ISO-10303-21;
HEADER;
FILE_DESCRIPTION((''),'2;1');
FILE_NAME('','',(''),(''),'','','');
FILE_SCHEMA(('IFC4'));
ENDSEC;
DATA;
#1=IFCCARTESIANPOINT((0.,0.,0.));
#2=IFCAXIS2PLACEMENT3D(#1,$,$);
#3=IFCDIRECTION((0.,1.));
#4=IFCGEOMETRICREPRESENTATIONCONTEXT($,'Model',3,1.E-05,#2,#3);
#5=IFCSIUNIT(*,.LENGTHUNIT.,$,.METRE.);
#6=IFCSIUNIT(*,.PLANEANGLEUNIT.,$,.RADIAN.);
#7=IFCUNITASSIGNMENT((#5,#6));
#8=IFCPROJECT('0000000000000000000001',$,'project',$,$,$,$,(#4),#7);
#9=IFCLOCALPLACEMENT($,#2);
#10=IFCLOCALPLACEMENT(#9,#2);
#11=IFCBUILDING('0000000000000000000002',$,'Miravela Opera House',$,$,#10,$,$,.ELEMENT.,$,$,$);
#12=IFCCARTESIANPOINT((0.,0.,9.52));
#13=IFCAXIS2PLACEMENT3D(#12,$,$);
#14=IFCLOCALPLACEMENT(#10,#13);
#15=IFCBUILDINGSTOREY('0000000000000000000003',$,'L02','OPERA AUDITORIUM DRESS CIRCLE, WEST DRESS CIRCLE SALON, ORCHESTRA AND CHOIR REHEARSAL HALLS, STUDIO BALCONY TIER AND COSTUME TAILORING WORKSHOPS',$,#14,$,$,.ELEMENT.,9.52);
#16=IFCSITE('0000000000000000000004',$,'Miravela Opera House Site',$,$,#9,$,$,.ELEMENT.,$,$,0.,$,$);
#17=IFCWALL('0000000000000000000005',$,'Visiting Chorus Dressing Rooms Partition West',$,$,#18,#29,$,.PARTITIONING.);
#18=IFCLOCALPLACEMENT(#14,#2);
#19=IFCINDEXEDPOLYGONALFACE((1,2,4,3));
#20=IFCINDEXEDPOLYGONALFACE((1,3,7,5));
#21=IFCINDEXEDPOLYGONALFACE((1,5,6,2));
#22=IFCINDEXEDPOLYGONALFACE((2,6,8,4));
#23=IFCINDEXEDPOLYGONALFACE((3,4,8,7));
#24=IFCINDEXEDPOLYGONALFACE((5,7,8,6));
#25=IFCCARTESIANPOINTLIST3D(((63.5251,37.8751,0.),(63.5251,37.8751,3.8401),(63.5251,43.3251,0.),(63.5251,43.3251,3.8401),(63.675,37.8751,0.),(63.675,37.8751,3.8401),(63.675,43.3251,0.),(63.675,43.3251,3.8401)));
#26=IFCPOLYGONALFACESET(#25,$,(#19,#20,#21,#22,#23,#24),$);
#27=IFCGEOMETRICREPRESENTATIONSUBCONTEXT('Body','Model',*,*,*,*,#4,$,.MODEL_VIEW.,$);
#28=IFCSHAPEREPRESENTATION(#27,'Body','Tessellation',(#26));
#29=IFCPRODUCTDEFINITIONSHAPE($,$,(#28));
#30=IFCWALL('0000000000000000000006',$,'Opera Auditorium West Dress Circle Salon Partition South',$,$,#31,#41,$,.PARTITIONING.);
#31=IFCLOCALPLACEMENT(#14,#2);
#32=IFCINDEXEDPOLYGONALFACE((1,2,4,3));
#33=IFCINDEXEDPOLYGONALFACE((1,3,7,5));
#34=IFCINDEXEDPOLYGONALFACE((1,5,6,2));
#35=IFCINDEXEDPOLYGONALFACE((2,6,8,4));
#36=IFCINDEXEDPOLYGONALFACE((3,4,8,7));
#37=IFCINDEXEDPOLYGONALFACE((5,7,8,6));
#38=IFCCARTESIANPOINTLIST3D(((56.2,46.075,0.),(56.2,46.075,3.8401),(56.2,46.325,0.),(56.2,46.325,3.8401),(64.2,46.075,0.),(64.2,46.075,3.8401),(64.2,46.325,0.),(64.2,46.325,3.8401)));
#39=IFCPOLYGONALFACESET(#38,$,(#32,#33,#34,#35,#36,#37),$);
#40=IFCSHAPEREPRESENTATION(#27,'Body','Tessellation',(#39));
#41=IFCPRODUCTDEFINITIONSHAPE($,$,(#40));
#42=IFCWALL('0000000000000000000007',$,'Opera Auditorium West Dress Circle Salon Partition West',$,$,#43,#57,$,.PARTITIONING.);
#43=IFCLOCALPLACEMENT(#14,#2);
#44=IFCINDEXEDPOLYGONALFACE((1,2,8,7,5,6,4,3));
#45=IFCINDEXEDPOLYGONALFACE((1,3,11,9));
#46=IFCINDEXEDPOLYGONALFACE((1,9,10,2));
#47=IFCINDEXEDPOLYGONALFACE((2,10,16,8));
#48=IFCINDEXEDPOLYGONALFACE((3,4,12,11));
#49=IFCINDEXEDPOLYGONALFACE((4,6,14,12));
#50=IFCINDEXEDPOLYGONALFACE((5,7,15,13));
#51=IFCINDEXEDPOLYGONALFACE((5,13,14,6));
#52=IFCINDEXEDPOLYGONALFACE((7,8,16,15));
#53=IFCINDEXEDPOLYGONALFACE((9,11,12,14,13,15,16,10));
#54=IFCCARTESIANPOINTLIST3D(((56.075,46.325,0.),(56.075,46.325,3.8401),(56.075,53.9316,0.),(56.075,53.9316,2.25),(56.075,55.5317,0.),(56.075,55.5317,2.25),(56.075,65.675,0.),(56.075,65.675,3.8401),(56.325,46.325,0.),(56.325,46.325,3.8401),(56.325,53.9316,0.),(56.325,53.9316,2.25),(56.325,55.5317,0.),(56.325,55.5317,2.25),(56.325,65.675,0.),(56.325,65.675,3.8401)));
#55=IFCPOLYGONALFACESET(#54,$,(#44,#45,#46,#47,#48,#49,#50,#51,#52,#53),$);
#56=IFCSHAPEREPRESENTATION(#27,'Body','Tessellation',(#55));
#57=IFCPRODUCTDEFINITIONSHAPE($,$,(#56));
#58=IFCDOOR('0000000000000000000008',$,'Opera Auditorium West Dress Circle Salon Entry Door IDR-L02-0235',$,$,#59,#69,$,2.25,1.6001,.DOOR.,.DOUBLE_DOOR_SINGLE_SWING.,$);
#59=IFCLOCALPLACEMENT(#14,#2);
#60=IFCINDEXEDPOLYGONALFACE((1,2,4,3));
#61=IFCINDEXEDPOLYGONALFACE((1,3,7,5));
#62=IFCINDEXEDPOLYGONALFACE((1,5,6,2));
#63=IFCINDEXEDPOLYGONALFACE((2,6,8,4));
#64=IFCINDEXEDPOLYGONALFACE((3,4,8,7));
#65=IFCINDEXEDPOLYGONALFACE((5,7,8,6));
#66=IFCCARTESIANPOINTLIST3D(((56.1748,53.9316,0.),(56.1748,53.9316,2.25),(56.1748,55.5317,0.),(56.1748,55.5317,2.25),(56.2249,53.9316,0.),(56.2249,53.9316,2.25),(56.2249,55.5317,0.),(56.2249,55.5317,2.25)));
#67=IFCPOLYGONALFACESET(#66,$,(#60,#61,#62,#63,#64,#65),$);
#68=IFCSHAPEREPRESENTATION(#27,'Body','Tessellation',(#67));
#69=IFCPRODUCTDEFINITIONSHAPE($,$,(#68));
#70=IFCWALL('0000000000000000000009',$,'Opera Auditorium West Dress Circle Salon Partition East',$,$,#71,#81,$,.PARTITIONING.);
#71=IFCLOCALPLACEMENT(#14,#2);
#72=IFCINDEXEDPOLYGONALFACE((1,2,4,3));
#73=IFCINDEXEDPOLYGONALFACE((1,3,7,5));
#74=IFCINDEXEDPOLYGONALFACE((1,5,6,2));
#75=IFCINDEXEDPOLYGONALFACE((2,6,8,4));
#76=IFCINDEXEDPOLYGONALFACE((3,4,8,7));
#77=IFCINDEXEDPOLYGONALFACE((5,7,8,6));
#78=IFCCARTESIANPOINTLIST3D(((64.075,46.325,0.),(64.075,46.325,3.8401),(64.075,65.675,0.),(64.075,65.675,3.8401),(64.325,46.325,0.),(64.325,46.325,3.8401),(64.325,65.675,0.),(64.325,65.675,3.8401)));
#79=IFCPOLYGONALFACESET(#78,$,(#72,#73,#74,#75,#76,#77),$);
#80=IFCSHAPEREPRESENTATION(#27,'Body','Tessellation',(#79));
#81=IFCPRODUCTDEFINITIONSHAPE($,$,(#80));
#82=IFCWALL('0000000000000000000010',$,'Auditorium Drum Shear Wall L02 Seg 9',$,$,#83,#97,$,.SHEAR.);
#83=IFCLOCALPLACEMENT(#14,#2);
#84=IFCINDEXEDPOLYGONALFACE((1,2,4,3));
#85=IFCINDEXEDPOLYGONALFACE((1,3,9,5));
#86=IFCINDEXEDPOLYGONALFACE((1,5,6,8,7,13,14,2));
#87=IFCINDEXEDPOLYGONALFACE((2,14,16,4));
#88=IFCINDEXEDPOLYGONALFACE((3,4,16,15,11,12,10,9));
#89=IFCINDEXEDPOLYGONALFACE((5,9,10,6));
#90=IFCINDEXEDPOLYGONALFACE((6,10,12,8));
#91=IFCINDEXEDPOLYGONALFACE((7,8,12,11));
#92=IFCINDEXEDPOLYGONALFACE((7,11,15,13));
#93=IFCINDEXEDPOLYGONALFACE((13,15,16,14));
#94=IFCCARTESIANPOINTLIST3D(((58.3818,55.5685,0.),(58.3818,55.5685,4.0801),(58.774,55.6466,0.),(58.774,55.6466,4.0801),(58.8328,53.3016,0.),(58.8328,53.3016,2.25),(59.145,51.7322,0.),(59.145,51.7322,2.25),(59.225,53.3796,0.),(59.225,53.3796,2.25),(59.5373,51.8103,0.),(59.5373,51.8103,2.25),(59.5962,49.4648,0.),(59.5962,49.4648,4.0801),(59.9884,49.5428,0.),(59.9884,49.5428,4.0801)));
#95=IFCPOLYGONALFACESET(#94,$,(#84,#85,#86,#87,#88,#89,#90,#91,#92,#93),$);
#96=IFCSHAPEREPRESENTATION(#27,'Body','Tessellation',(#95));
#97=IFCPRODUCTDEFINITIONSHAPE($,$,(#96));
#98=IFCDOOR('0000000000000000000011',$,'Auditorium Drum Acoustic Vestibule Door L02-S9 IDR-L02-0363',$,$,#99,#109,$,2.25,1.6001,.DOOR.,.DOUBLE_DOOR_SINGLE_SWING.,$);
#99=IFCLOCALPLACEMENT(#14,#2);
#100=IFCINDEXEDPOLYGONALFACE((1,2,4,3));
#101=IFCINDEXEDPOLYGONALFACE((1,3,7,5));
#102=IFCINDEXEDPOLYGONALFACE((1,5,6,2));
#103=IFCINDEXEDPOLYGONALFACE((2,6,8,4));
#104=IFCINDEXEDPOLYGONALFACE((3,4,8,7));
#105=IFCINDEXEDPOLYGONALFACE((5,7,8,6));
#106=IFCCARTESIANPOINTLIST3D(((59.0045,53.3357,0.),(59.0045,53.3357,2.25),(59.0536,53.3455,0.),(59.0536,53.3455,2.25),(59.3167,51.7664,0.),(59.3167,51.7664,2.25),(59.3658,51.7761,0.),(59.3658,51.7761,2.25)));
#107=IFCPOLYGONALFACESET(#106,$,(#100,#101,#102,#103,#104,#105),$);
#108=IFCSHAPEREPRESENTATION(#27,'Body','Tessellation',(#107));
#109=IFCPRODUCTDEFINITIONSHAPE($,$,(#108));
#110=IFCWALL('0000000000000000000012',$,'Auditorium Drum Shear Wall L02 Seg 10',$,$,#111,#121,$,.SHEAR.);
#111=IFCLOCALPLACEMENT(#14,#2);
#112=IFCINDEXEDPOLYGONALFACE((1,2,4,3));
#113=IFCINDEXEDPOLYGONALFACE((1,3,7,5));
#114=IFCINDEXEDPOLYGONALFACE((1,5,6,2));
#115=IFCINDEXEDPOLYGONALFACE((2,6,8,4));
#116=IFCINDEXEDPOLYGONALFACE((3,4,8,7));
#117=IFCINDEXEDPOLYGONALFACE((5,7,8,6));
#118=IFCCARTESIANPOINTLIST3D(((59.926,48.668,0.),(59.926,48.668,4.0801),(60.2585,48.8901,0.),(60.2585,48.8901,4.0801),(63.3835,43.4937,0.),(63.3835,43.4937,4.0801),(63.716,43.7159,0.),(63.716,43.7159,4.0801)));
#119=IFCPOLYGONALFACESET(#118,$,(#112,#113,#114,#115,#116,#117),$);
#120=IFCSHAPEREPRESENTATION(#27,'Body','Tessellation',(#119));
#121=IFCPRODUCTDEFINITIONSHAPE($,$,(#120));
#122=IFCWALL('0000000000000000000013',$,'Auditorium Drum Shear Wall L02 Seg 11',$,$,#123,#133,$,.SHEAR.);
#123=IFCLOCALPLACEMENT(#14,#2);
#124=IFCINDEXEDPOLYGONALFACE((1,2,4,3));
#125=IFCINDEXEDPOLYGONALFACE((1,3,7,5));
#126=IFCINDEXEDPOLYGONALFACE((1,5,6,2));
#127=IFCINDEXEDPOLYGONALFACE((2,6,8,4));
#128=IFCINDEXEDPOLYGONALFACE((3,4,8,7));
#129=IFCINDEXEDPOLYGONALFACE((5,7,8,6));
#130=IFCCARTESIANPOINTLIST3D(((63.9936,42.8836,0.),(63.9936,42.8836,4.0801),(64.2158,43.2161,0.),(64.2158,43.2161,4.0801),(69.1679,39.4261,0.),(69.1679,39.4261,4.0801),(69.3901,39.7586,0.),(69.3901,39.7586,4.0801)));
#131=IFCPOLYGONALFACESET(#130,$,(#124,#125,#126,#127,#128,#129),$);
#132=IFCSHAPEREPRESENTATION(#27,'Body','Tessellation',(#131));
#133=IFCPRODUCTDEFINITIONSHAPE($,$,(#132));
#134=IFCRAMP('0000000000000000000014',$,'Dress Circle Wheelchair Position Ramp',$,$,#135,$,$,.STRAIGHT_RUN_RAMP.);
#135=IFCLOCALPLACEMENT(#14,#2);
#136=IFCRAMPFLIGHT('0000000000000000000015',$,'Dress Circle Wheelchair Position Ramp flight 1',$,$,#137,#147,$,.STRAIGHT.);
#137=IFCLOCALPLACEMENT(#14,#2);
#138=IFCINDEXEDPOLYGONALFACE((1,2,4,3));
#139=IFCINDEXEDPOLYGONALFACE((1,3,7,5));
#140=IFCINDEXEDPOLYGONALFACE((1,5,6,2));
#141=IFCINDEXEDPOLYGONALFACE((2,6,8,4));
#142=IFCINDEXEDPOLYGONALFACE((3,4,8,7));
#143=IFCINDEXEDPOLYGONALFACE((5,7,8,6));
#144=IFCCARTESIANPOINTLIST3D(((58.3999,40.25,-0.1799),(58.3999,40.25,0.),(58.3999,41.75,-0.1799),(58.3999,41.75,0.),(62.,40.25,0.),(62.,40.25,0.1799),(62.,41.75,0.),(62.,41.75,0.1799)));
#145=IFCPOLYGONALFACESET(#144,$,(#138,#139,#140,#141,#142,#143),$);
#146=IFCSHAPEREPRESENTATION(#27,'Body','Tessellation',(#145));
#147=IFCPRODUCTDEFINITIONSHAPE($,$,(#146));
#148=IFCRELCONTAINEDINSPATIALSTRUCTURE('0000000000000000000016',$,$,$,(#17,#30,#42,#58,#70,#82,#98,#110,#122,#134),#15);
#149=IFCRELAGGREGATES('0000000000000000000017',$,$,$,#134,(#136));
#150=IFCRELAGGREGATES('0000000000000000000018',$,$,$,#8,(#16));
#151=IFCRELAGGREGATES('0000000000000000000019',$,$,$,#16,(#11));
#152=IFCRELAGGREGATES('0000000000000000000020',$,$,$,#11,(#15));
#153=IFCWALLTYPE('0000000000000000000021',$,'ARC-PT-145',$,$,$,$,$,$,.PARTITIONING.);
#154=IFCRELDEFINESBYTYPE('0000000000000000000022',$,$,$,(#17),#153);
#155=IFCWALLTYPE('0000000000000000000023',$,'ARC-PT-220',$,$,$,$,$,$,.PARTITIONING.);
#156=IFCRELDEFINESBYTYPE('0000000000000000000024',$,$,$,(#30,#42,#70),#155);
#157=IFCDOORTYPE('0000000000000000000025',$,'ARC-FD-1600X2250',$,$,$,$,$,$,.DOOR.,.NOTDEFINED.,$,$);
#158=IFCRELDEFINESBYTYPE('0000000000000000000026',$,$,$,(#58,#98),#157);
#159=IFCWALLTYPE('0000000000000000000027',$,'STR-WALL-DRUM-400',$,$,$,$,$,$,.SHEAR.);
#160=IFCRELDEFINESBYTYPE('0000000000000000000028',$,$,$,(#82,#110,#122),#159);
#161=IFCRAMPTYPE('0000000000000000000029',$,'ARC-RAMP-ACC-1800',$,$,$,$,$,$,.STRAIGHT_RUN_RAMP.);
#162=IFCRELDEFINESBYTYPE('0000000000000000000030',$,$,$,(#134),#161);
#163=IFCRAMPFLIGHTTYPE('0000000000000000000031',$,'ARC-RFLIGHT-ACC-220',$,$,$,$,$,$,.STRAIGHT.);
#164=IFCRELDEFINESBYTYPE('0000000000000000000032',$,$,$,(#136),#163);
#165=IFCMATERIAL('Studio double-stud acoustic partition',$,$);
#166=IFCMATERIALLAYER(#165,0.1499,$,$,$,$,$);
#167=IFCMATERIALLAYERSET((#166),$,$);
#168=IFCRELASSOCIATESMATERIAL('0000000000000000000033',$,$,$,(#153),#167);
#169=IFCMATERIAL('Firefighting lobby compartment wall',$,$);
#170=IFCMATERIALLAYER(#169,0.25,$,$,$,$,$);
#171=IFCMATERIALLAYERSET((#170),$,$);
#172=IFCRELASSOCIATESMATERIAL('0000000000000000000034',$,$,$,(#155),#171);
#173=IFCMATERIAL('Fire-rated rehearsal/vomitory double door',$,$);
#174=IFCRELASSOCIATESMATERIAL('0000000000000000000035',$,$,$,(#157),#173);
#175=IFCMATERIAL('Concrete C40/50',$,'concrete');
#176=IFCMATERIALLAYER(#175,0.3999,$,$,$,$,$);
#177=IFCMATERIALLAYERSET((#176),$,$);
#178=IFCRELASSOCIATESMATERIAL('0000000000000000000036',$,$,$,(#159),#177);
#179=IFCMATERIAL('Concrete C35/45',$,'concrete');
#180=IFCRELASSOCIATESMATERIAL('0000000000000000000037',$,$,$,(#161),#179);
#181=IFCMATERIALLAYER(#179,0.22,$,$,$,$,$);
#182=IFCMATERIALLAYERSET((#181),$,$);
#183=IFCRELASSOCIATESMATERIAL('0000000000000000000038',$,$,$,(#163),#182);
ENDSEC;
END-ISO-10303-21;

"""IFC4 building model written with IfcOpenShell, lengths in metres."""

from ifc_helpers import new_model, si_unit, direction, frame, frame_2d, origin, place, context, subcontext, project, spatial, polyline, rectangle, outline, extrude, material, layer, layer_set, type_object, element, fill, aggregate, save


model = new_model("IFC4")

# Units and contexts
model_context = context("Model", 3, precision=1e-05, world=origin(), true_north=direction((0.0, 1.0)))
body_context = subcontext(model_context, "Body", "Model", "MODEL_VIEW")
ifc_project = project(units=[si_unit("LENGTHUNIT", "METRE"), si_unit("PLANEANGLEUNIT", "RADIAN")], contexts=[model_context])

# Site, building, storey
site_placement = place(None, origin())
site = spatial("IfcSite", under=ifc_project, at=site_placement, Name="Miravela Opera House Site", CompositionType="ELEMENT", RefElevation=0.0)
building_placement = place(site_placement, origin())
building = spatial("IfcBuilding", under=site, at=building_placement, Name="Miravela Opera House", CompositionType="ELEMENT")
storey_placement = place(building_placement, frame((0.0, 0.0, 9.52)))
storey = spatial("IfcBuildingStorey", under=building, at=storey_placement, Name="L02", Description="OPERA AUDITORIUM DRESS CIRCLE, WEST DRESS CIRCLE SALON, ORCHESTRA AND CHOIR REHEARSAL HALLS, STUDIO BALCONY TIER AND COSTUME TAILORING WORKSHOPS", CompositionType="ELEMENT", Elevation=9.52)

# Shared definitions
ifc_material_1 = material(Name="Concrete C35/45", Category="concrete")
ifc_material_2 = material(Name="Concrete C40/50", Category="concrete")

# Shared definitions
ifc_material_3 = material(Name="Studio double-stud acoustic partition")
ifc_layer_1 = layer(ifc_material_3, 0.1499)
ifc_layer_set_1 = layer_set([ifc_layer_1])
wall_type_1 = type_object("IfcWallType", Name="ARC-PT-145", PredefinedType="PARTITIONING", material=ifc_layer_set_1)

# Walls
wall_1_placement = place(storey_placement, frame((63.6001, 37.875, 0.0), z_axis=(0.0, 0.0, 1.0), x_axis=(0.0, 1.0, 0.0)))
element("IfcWall", 1, at=wall_1_placement, inside=storey, type_object=wall_type_1, Name="Visiting Chorus Dressing Rooms Partition West", PredefinedType="PARTITIONING", context=body_context, shape_type="SweptSolid", body=[
    extrude(rectangle(XDim=5.45, YDim=0.1499, at=frame_2d((2.7251, 0.0))), origin(), (0.0, 0.0, 1.0), 3.8401),
])
ifc_material_4 = material(Name="Firefighting lobby compartment wall")
ifc_layer_2 = layer(ifc_material_4, 0.25)
ifc_layer_set_2 = layer_set([ifc_layer_2])
wall_type_2 = type_object("IfcWallType", Name="ARC-PT-220", PredefinedType="PARTITIONING", material=ifc_layer_set_2)
wall_2_placement = place(storey_placement, frame((56.2, 46.2, 0.0), z_axis=(0.0, 0.0, 1.0), x_axis=(1.0, 0.0, 0.0)))
element("IfcWall", 2, at=wall_2_placement, inside=storey, type_object=wall_type_2, Name="Opera Auditorium West Dress Circle Salon Partition South", PredefinedType="PARTITIONING", context=body_context, shape_type="SweptSolid", body=[
    extrude(rectangle(XDim=8.0, YDim=0.25, at=frame_2d((4.0, 0.0))), origin(), (0.0, 0.0, 1.0), 3.8401),
])

# Wall, opening, door
wall_3_placement = place(storey_placement, frame((56.2, 46.325, 0.0), z_axis=(0.0, 0.0, 1.0), x_axis=(0.0, 1.0, 0.0)))
wall_3 = element("IfcWall", 3, at=wall_3_placement, inside=storey, type_object=wall_type_2, Name="Opera Auditorium West Dress Circle Salon Partition West", PredefinedType="PARTITIONING", context=body_context, shape_type="SweptSolid", body=[
    extrude(rectangle(XDim=19.3501, YDim=0.25, at=frame_2d((9.675, 0.0))), origin(), (0.0, 0.0, 1.0), 3.8401),
])
opening_1_placement = place(wall_3_placement, frame((7.6067, 0.0, 0.0)))
opening_1 = element("IfcOpeningElement", 4, at=opening_1_placement, cuts=wall_3, PredefinedType="OPENING", context=body_context, shape_type="SweptSolid", body=[
    extrude(rectangle(XDim=1.6001, YDim=2.25, at=frame_2d((0.8, 1.125))), frame((0.0, 0.135, 0.0), z_axis=(0.0, -1.0, 0.0), x_axis=(1.0, 0.0, 0.0)), (0.0, 0.0, 1.0), 0.27),
])
ifc_material_5 = material(Name="Fire-rated rehearsal/vomitory double door")
door_type_1 = type_object("IfcDoorType", Name="ARC-FD-1600X2250", OperationType="NOTDEFINED", PredefinedType="DOOR", material=ifc_material_5)
door_1_placement = place(opening_1_placement, frame((1.6001, 0.0, 0.0), z_axis=(0.0, 0.0, 1.0), x_axis=(-1.0, 0.0, 0.0)))
door_1 = element("IfcDoor", 5, at=door_1_placement, inside=storey, type_object=door_type_1, Name="Opera Auditorium West Dress Circle Salon Entry Door IDR-L02-0235", OperationType="DOUBLE_DOOR_SINGLE_SWING", OverallHeight=2.25, OverallWidth=1.6001, PredefinedType="DOOR", context=body_context, shape_type="SweptSolid", body=[
    extrude(rectangle(XDim=1.6001, YDim=2.25, at=frame_2d((0.8, 1.125))), frame((0.0, 0.0249, 0.0), z_axis=(0.0, -1.0, 0.0), x_axis=(1.0, 0.0, 0.0)), (0.0, 0.0, 1.0), 0.05),
])
fill(opening_1, door_1)

# Wall
wall_4_placement = place(storey_placement, frame((64.2, 46.325, 0.0), z_axis=(0.0, 0.0, 1.0), x_axis=(0.0, 1.0, 0.0)))
element("IfcWall", 6, at=wall_4_placement, inside=storey, type_object=wall_type_2, Name="Opera Auditorium West Dress Circle Salon Partition East", PredefinedType="PARTITIONING", context=body_context, shape_type="SweptSolid", body=[
    extrude(rectangle(XDim=19.3501, YDim=0.25, at=frame_2d((9.675, 0.0))), origin(), (0.0, 0.0, 1.0), 3.8401),
])

# Wall, opening, door
ifc_layer_3 = layer(ifc_material_2, 0.3999)
ifc_layer_set_3 = layer_set([ifc_layer_3])
wall_type_3 = type_object("IfcWallType", Name="STR-WALL-DRUM-400", PredefinedType="SHEAR", material=ifc_layer_set_3)
wall_5_placement = place(storey_placement, frame((58.5779, 55.6077, 0.0), z_axis=(0.0, 0.0, 1.0), x_axis=(0.195128, -0.980778, 0.0)))
wall_5 = element("IfcWall", 7, at=wall_5_placement, inside=storey, type_object=wall_type_3, Name="Auditorium Drum Shear Wall L02 Seg 9", PredefinedType="SHEAR", context=body_context, shape_type="SweptSolid", body=[
    extrude(rectangle(XDim=6.2234, YDim=0.3999, at=frame_2d((3.1118, 0.0))), origin(), (0.0, 0.0, 1.0), 4.0801),
])
opening_2_placement = place(wall_5_placement, frame((2.3115, 0.0, 0.0)))
opening_2 = element("IfcOpeningElement", 8, at=opening_2_placement, cuts=wall_5, PredefinedType="OPENING", context=body_context, shape_type="SweptSolid", body=[
    extrude(rectangle(XDim=1.6001, YDim=2.25, at=frame_2d((0.8, 1.125))), frame((0.0, 0.21, 0.0), z_axis=(0.0, -1.0, 0.0), x_axis=(1.0, 0.0, 0.0)), (0.0, 0.0, 1.0), 0.4199),
])
door_2_placement = place(opening_2_placement, frame((1.6001, 0.0, 0.0), z_axis=(0.0, 0.0, 1.0), x_axis=(-1.0, 0.0, 0.0)))
door_2 = element("IfcDoor", 9, at=door_2_placement, inside=storey, type_object=door_type_1, Name="Auditorium Drum Acoustic Vestibule Door L02-S9 IDR-L02-0363", OperationType="DOUBLE_DOOR_SINGLE_SWING", OverallHeight=2.25, OverallWidth=1.6001, PredefinedType="DOOR", context=body_context, shape_type="SweptSolid", body=[
    extrude(rectangle(XDim=1.6001, YDim=2.25, at=frame_2d((0.8, 1.125))), frame((0.0, 0.0249, 0.0), z_axis=(0.0, -1.0, 0.0), x_axis=(1.0, 0.0, 0.0)), (0.0, 0.0, 1.0), 0.05),
])
fill(opening_2, door_2)

# Walls
for number, where, z_axis, x_axis, name in (
    (10, (60.0923, 48.7791, 0.0), (0.0, 0.0, 1.0), (0.555587, -0.831458, 0.0), "Auditorium Drum Shear Wall L02 Seg 10"),
    (11, (64.1047, 43.0498, 0.0), (0.0, 0.0, 1.0), (0.831458, -0.555587, 0.0), "Auditorium Drum Shear Wall L02 Seg 11"),
):
    element("IfcWall", number, at=place(storey_placement, frame(where, z_axis=z_axis, x_axis=x_axis)), inside=storey, type_object=wall_type_3, Name=name, PredefinedType="SHEAR", context=body_context, shape_type="SweptSolid", body=[
        extrude(rectangle(XDim=6.2231, YDim=0.3999, at=frame_2d((3.1116, 0.0))), origin(), (0.0, 0.0, 1.0), 4.0801),
    ])

# Ramp, ramp flight
ramp_type = type_object("IfcRampType", Name="ARC-RAMP-ACC-1800", PredefinedType="STRAIGHT_RUN_RAMP", material=ifc_material_1)
ramp_placement = place(storey_placement, origin())
ramp = element("IfcRamp", 12, at=ramp_placement, inside=storey, type_object=ramp_type, Name="Dress Circle Wheelchair Position Ramp", PredefinedType="STRAIGHT_RUN_RAMP")
ifc_layer_4 = layer(ifc_material_1, 0.22)
ifc_layer_set_4 = layer_set([ifc_layer_4])
ramp_flight_type = type_object("IfcRampFlightType", Name="ARC-RFLIGHT-ACC-220", PredefinedType="STRAIGHT", material=ifc_layer_set_4)
ramp_flight_placement = place(storey_placement, frame((58.3999, 41.0, 0.0), z_axis=(0.0, 0.0, 1.0), x_axis=(1.0, 0.0, 0.0)))
ramp_flight = element("IfcRampFlight", 13, at=ramp_flight_placement, type_object=ramp_flight_type, Name="Dress Circle Wheelchair Position Ramp flight 1", PredefinedType="STRAIGHT", context=body_context, shape_type="SweptSolid", body=[
    extrude(outline(polyline([(0.0, 0.0), (3.6001, 0.1799), (3.6001, 0.0), (0.0, -0.1799), (0.0, 0.0)])), frame((0.0, 0.75, 0.0), z_axis=(0.0, -1.0, 0.0), x_axis=(1.0, 0.0, 0.0)), (0.0, 0.0, 1.0), 1.5),
])
aggregate(ramp, [ramp_flight])

save(model, "model.ifc")
